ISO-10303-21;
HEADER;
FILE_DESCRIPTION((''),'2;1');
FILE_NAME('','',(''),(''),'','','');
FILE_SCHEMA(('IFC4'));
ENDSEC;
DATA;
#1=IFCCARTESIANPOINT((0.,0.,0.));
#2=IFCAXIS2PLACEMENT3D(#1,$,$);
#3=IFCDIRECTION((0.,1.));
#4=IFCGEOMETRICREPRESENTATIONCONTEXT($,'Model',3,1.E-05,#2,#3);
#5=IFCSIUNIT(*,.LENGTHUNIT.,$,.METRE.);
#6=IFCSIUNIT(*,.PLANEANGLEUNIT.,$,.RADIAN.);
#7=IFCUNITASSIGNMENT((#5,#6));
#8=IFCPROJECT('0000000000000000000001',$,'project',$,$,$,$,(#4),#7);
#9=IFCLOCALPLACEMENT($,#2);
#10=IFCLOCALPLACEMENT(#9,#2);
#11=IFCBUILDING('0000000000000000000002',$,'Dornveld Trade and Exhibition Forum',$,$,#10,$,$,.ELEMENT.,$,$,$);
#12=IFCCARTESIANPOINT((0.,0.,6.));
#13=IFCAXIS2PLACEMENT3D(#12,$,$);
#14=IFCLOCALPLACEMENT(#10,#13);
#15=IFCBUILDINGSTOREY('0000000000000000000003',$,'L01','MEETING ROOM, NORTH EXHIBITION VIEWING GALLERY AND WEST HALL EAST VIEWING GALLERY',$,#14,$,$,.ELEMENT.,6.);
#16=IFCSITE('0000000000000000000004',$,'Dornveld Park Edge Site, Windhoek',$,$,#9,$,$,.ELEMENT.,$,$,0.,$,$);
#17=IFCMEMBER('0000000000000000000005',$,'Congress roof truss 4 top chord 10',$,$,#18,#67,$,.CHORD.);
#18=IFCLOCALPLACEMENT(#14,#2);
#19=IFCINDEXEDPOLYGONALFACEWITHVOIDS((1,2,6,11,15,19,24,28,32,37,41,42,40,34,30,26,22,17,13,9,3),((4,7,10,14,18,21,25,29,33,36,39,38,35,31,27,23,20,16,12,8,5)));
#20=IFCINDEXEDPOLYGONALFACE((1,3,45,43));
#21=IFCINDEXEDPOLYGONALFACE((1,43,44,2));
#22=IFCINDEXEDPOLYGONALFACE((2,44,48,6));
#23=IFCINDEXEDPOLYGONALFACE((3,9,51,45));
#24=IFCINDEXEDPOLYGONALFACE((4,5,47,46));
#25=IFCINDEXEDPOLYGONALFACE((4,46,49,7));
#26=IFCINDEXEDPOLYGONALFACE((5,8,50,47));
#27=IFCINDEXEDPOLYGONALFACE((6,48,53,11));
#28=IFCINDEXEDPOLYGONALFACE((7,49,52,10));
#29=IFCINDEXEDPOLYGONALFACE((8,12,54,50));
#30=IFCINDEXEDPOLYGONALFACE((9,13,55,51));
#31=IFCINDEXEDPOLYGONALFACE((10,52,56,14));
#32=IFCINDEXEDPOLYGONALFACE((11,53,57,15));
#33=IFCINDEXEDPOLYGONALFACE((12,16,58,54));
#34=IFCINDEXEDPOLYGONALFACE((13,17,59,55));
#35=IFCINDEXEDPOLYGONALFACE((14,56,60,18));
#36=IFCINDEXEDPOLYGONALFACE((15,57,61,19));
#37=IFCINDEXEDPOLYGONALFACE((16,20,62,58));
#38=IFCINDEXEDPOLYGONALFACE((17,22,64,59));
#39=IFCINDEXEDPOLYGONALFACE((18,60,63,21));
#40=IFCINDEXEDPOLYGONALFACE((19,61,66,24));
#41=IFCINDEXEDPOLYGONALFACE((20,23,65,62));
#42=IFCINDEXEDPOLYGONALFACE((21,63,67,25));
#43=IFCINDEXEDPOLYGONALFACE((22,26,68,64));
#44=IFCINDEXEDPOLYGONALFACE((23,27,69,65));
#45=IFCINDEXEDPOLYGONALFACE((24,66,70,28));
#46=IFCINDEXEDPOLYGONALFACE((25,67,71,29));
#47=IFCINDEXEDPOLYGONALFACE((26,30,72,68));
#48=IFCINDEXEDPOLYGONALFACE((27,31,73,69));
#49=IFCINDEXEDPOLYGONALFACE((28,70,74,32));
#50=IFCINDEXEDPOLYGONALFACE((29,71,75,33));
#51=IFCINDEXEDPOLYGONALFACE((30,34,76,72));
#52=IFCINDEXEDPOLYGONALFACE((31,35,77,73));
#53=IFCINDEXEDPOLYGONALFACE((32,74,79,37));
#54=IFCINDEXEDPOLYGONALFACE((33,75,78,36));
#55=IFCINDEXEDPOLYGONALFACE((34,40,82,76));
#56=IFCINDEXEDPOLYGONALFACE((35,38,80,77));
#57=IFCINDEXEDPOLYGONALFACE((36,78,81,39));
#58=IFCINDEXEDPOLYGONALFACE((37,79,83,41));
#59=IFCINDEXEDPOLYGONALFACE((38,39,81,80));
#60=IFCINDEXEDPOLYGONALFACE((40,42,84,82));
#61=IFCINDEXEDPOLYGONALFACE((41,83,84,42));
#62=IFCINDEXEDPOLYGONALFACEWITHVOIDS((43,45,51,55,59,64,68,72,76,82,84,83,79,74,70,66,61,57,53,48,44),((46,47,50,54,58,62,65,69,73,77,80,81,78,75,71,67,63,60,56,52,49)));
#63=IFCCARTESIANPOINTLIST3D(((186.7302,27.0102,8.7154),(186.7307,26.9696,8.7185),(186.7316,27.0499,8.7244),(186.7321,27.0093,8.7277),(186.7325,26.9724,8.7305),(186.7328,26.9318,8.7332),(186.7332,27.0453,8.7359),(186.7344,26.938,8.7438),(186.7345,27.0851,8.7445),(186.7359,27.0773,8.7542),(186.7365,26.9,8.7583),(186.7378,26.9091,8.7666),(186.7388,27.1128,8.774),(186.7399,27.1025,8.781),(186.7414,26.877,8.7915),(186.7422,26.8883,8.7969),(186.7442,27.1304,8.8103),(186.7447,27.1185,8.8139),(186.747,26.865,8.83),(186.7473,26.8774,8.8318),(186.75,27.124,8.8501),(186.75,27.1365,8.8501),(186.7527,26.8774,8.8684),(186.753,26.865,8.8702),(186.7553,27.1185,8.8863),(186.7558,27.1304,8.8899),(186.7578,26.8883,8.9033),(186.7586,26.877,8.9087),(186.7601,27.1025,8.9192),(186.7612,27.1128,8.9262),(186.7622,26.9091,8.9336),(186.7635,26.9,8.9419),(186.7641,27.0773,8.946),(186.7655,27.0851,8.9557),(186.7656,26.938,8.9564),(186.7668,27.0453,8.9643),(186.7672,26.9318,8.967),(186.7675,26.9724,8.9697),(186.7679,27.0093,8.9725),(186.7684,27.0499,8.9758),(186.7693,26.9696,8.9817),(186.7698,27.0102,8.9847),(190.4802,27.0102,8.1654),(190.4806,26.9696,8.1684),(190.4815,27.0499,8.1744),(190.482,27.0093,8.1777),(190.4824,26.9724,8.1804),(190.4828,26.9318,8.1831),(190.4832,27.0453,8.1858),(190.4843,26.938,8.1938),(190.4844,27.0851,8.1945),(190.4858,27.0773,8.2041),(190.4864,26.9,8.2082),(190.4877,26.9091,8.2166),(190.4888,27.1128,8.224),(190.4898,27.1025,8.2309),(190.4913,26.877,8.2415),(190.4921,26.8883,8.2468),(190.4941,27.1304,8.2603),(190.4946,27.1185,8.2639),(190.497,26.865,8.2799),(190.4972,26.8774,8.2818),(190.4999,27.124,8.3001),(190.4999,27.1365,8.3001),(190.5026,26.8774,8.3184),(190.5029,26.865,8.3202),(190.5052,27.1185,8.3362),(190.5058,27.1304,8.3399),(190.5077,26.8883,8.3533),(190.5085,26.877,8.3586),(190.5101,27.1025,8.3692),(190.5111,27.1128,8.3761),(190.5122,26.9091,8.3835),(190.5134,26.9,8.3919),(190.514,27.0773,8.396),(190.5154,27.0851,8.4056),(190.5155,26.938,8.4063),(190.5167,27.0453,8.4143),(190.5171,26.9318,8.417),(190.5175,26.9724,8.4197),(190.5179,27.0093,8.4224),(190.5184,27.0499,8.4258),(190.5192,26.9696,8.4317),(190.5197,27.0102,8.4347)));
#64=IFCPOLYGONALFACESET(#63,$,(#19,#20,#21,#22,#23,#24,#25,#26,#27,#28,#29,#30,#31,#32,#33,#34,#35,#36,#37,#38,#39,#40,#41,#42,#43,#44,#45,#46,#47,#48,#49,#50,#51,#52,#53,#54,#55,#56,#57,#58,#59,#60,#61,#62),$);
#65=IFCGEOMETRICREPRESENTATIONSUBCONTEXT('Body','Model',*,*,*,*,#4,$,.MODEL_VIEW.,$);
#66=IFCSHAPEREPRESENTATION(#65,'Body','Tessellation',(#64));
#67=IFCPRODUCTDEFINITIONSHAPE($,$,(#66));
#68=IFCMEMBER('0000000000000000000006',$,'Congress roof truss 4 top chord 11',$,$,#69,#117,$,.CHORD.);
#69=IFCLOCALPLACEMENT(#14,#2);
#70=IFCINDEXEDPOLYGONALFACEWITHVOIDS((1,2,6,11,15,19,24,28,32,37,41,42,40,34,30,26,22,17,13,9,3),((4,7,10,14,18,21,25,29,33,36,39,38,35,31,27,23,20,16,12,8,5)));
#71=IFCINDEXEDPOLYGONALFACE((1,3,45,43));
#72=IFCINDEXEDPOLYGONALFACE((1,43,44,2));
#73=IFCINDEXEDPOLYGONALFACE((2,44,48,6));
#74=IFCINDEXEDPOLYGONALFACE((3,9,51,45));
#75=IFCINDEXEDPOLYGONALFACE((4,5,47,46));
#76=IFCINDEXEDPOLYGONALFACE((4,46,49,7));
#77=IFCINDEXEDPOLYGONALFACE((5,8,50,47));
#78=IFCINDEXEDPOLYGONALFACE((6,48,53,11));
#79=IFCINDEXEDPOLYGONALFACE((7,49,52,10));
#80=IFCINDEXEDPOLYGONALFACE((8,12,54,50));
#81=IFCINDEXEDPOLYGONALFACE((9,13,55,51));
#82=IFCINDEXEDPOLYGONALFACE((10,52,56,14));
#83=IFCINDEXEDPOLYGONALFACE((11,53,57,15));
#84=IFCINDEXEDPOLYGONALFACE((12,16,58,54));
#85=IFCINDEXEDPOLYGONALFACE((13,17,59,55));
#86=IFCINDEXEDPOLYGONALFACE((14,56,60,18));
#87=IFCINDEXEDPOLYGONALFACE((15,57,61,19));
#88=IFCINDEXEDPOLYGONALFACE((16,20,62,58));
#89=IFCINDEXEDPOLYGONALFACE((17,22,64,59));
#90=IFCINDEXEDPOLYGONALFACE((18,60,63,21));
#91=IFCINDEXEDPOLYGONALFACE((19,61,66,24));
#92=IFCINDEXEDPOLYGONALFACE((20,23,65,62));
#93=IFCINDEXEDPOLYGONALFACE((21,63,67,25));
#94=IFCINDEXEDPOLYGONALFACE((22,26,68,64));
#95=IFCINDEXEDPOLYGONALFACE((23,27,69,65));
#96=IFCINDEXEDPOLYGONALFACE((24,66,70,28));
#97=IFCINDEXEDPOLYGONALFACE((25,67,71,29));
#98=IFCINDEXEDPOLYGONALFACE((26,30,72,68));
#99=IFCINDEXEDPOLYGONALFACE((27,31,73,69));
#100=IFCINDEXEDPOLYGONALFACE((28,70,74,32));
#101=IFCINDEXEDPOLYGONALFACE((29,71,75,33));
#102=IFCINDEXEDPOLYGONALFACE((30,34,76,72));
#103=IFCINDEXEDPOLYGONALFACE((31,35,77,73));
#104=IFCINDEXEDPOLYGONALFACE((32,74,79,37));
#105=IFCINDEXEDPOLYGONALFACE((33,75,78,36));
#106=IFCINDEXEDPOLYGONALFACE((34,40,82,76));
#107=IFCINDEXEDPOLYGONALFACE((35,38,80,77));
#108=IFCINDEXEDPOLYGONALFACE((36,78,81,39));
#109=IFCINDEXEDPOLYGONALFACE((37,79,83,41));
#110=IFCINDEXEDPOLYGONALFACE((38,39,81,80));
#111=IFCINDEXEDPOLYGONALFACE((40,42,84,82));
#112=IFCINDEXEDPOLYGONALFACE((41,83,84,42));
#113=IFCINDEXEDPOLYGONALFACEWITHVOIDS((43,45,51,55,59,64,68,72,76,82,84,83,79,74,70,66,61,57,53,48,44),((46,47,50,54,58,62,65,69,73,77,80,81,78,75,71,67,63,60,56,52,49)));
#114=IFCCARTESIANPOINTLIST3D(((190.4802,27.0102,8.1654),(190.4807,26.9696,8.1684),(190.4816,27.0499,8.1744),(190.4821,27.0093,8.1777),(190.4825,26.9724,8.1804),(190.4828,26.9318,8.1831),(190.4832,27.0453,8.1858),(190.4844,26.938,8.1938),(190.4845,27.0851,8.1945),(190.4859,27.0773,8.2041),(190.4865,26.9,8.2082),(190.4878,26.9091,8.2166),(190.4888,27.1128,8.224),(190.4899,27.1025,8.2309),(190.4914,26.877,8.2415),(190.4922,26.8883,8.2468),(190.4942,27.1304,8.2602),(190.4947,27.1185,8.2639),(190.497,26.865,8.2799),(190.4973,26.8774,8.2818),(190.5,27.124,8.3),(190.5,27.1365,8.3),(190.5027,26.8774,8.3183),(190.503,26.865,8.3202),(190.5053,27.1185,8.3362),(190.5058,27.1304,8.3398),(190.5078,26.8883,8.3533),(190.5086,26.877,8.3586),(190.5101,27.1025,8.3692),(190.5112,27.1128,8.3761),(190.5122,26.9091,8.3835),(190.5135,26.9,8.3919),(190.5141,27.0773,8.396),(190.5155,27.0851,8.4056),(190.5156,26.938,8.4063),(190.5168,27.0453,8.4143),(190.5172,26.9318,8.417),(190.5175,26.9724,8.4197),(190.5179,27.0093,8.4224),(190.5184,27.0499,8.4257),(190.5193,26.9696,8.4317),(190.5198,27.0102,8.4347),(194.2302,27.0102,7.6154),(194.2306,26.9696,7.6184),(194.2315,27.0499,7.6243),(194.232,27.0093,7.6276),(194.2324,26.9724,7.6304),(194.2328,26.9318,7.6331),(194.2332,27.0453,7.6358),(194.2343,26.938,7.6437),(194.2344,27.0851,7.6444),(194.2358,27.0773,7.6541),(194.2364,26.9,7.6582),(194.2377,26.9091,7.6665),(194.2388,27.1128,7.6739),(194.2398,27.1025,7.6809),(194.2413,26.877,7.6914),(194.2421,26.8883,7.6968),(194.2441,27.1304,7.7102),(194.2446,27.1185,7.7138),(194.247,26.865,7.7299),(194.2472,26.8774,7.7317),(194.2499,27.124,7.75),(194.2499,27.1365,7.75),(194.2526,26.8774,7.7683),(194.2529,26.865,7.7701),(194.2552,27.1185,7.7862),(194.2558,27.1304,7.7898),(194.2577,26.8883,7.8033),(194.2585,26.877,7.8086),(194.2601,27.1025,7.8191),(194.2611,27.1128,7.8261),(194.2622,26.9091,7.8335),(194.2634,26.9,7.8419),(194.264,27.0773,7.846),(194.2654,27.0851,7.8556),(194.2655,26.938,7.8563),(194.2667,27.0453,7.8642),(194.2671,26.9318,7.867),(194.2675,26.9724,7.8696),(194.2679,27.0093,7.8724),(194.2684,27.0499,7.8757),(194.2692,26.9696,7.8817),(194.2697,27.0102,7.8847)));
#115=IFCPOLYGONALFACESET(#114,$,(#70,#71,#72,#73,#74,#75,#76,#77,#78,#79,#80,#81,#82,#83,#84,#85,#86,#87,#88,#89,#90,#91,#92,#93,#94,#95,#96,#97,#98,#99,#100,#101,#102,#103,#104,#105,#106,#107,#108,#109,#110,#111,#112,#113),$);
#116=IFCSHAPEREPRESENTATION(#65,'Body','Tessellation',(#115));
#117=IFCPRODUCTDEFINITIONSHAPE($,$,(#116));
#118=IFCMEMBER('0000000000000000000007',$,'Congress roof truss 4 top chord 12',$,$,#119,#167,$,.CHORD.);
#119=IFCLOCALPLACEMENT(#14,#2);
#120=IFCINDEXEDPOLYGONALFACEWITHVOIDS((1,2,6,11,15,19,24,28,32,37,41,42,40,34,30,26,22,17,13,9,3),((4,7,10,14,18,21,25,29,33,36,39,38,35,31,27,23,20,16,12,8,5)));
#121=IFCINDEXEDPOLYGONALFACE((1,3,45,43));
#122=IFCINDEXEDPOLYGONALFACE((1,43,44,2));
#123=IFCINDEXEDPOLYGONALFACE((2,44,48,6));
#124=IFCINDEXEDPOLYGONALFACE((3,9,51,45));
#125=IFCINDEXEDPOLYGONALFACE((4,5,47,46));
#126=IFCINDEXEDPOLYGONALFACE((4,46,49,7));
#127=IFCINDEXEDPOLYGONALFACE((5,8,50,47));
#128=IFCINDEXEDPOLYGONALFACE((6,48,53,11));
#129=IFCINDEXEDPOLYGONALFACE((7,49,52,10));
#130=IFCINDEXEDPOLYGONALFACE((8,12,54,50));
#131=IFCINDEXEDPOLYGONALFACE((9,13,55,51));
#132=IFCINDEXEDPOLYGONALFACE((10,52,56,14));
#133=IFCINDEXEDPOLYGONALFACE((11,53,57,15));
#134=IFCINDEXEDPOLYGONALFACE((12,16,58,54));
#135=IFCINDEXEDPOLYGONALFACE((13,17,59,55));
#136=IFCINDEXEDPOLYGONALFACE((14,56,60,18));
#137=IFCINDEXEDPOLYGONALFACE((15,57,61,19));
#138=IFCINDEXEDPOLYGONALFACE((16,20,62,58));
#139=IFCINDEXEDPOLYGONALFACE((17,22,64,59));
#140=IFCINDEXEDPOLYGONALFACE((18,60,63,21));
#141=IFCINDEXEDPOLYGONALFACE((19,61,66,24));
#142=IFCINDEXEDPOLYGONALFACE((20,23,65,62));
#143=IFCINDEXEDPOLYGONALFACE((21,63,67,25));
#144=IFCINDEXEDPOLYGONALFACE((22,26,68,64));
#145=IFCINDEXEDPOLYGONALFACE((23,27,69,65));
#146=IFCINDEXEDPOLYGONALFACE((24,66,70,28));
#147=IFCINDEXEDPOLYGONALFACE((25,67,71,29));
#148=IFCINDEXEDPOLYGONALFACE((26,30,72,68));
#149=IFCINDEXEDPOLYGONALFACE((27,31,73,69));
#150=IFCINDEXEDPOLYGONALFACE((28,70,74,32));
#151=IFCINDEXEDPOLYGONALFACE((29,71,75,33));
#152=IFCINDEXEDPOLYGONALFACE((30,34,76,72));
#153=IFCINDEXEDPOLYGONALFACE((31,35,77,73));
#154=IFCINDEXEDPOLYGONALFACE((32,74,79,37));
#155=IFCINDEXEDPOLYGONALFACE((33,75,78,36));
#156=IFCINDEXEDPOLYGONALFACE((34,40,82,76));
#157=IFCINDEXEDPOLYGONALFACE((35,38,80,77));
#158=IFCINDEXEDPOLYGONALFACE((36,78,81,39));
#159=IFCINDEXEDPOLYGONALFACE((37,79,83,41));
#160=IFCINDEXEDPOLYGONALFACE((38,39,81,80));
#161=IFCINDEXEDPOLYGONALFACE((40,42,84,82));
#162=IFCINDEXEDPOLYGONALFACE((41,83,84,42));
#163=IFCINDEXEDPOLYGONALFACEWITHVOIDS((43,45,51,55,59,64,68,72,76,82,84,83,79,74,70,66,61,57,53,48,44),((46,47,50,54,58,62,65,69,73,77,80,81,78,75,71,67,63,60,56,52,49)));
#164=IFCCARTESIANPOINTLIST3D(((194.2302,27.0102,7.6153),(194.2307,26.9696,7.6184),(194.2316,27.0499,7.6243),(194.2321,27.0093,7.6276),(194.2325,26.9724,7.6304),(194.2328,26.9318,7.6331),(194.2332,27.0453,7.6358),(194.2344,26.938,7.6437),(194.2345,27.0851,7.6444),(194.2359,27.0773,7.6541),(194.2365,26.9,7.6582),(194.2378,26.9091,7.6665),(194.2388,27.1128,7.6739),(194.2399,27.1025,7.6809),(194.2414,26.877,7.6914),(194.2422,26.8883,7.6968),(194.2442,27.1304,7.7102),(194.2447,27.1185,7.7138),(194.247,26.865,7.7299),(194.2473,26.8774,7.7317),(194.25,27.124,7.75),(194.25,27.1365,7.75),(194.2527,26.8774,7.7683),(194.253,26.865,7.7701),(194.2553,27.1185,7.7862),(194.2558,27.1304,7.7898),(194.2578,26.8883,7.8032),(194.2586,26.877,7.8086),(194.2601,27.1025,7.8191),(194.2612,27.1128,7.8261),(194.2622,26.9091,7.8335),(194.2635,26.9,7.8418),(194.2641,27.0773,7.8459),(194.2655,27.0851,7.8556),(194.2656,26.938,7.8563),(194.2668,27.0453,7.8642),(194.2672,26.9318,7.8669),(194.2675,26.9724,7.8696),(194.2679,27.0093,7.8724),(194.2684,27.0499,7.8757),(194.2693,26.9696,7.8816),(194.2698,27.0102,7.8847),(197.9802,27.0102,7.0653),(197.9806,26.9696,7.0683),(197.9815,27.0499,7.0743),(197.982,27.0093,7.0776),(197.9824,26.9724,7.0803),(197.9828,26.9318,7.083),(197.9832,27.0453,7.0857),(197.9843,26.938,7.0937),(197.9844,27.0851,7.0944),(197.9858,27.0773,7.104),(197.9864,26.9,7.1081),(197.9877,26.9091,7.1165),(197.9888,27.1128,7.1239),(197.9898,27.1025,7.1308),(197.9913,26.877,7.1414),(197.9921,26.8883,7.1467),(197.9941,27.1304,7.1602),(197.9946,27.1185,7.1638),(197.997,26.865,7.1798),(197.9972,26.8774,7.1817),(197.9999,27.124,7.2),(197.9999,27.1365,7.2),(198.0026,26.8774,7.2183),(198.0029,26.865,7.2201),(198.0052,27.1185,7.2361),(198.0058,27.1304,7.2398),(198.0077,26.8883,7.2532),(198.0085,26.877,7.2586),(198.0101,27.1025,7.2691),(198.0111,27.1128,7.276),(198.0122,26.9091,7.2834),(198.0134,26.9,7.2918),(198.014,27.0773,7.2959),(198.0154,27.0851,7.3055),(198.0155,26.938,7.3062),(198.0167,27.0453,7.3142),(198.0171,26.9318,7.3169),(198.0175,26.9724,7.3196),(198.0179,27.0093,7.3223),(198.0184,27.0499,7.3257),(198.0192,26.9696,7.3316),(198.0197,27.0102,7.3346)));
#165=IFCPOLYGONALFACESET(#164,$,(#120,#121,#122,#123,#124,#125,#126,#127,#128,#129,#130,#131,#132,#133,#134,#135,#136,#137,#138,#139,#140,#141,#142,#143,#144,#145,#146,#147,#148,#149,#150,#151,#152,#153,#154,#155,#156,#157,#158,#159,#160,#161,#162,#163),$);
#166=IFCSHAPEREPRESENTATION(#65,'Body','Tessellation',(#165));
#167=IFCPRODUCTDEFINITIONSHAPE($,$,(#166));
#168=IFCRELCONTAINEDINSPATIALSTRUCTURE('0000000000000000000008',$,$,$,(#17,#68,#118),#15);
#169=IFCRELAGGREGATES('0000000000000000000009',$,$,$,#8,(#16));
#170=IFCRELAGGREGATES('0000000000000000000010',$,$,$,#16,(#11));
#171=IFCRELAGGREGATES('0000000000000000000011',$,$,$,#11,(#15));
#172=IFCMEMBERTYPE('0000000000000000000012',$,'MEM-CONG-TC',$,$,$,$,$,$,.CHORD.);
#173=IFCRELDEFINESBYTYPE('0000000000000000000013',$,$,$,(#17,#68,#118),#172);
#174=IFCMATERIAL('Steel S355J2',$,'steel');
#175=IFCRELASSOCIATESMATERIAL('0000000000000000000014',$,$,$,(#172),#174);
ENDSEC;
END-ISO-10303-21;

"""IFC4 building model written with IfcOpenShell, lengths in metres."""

from ifc_helpers import new_model, si_unit, direction, frame, origin, origin_2d, place, context, subcontext, project, spatial, hollow_circle, extrude, material, material_profile, profile_set, type_object, element, save


model = new_model("IFC4")

# Units and contexts
model_context = context("Model", 3, precision=1e-05, world=origin(), true_north=direction((0.0, 1.0)))
body_context = subcontext(model_context, "Body", "Model", "MODEL_VIEW")
ifc_project = project(units=[si_unit("LENGTHUNIT", "METRE"), si_unit("PLANEANGLEUNIT", "RADIAN")], contexts=[model_context])

# Site, building, storey
site_placement = place(None, origin())
site = spatial("IfcSite", under=ifc_project, at=site_placement, Name="Dornveld Park Edge Site, Windhoek", CompositionType="ELEMENT", RefElevation=0.0)
building_placement = place(site_placement, origin())
building = spatial("IfcBuilding", under=site, at=building_placement, Name="Dornveld Trade and Exhibition Forum", CompositionType="ELEMENT")
storey_placement = place(building_placement, frame((0.0, 0.0, 6.0)))
storey = spatial("IfcBuildingStorey", under=building, at=storey_placement, Name="L01", Description="MEETING ROOM, NORTH EXHIBITION VIEWING GALLERY AND WEST HALL EAST VIEWING GALLERY", CompositionType="ELEMENT", Elevation=6.0)

# Members
ifc_material_1 = material(Name="Steel S355J2", Category="steel")
ifc_material_profile_1 = material_profile(ifc_material_1, hollow_circle(Radius=0.1365, WallThickness=0.0125, at=origin_2d()), Name="CHS 273x12.5")
ifc_profile_set_1 = profile_set([ifc_material_profile_1], Name="Steel S355J2")
member_type_1 = type_object("IfcMemberType", Name="MEM-CONG-TC", PredefinedType="CHORD", material=ifc_profile_set_1)
for number, where, z_axis, x_axis, name in (
    (1, (186.75, 27.0, 8.8501), (0.989413, 0.0, -0.145127), (0.0, 1.0, 0.0), "Congress roof truss 4 top chord 10"),
    (2, (190.5, 27.0, 8.3), (0.989413, 0.0, -0.145127), (0.0, 1.0, 0.0), "Congress roof truss 4 top chord 11"),
    (3, (194.25, 27.0, 7.75), (0.989413, 0.0, -0.145127), (0.0, 1.0, 0.0), "Congress roof truss 4 top chord 12"),
):
    element("IfcMember", number, at=place(storey_placement, frame(where, z_axis=z_axis, x_axis=x_axis)), inside=storey, type_object=member_type_1, Name=name, PredefinedType="CHORD", context=body_context, shape_type="SweptSolid", body=[
        extrude(hollow_circle(Radius=0.1365, WallThickness=0.0125, at=origin_2d()), origin(), (0.0, 0.0, 1.0), 3.79),
    ])

save(model, "model.ifc")
